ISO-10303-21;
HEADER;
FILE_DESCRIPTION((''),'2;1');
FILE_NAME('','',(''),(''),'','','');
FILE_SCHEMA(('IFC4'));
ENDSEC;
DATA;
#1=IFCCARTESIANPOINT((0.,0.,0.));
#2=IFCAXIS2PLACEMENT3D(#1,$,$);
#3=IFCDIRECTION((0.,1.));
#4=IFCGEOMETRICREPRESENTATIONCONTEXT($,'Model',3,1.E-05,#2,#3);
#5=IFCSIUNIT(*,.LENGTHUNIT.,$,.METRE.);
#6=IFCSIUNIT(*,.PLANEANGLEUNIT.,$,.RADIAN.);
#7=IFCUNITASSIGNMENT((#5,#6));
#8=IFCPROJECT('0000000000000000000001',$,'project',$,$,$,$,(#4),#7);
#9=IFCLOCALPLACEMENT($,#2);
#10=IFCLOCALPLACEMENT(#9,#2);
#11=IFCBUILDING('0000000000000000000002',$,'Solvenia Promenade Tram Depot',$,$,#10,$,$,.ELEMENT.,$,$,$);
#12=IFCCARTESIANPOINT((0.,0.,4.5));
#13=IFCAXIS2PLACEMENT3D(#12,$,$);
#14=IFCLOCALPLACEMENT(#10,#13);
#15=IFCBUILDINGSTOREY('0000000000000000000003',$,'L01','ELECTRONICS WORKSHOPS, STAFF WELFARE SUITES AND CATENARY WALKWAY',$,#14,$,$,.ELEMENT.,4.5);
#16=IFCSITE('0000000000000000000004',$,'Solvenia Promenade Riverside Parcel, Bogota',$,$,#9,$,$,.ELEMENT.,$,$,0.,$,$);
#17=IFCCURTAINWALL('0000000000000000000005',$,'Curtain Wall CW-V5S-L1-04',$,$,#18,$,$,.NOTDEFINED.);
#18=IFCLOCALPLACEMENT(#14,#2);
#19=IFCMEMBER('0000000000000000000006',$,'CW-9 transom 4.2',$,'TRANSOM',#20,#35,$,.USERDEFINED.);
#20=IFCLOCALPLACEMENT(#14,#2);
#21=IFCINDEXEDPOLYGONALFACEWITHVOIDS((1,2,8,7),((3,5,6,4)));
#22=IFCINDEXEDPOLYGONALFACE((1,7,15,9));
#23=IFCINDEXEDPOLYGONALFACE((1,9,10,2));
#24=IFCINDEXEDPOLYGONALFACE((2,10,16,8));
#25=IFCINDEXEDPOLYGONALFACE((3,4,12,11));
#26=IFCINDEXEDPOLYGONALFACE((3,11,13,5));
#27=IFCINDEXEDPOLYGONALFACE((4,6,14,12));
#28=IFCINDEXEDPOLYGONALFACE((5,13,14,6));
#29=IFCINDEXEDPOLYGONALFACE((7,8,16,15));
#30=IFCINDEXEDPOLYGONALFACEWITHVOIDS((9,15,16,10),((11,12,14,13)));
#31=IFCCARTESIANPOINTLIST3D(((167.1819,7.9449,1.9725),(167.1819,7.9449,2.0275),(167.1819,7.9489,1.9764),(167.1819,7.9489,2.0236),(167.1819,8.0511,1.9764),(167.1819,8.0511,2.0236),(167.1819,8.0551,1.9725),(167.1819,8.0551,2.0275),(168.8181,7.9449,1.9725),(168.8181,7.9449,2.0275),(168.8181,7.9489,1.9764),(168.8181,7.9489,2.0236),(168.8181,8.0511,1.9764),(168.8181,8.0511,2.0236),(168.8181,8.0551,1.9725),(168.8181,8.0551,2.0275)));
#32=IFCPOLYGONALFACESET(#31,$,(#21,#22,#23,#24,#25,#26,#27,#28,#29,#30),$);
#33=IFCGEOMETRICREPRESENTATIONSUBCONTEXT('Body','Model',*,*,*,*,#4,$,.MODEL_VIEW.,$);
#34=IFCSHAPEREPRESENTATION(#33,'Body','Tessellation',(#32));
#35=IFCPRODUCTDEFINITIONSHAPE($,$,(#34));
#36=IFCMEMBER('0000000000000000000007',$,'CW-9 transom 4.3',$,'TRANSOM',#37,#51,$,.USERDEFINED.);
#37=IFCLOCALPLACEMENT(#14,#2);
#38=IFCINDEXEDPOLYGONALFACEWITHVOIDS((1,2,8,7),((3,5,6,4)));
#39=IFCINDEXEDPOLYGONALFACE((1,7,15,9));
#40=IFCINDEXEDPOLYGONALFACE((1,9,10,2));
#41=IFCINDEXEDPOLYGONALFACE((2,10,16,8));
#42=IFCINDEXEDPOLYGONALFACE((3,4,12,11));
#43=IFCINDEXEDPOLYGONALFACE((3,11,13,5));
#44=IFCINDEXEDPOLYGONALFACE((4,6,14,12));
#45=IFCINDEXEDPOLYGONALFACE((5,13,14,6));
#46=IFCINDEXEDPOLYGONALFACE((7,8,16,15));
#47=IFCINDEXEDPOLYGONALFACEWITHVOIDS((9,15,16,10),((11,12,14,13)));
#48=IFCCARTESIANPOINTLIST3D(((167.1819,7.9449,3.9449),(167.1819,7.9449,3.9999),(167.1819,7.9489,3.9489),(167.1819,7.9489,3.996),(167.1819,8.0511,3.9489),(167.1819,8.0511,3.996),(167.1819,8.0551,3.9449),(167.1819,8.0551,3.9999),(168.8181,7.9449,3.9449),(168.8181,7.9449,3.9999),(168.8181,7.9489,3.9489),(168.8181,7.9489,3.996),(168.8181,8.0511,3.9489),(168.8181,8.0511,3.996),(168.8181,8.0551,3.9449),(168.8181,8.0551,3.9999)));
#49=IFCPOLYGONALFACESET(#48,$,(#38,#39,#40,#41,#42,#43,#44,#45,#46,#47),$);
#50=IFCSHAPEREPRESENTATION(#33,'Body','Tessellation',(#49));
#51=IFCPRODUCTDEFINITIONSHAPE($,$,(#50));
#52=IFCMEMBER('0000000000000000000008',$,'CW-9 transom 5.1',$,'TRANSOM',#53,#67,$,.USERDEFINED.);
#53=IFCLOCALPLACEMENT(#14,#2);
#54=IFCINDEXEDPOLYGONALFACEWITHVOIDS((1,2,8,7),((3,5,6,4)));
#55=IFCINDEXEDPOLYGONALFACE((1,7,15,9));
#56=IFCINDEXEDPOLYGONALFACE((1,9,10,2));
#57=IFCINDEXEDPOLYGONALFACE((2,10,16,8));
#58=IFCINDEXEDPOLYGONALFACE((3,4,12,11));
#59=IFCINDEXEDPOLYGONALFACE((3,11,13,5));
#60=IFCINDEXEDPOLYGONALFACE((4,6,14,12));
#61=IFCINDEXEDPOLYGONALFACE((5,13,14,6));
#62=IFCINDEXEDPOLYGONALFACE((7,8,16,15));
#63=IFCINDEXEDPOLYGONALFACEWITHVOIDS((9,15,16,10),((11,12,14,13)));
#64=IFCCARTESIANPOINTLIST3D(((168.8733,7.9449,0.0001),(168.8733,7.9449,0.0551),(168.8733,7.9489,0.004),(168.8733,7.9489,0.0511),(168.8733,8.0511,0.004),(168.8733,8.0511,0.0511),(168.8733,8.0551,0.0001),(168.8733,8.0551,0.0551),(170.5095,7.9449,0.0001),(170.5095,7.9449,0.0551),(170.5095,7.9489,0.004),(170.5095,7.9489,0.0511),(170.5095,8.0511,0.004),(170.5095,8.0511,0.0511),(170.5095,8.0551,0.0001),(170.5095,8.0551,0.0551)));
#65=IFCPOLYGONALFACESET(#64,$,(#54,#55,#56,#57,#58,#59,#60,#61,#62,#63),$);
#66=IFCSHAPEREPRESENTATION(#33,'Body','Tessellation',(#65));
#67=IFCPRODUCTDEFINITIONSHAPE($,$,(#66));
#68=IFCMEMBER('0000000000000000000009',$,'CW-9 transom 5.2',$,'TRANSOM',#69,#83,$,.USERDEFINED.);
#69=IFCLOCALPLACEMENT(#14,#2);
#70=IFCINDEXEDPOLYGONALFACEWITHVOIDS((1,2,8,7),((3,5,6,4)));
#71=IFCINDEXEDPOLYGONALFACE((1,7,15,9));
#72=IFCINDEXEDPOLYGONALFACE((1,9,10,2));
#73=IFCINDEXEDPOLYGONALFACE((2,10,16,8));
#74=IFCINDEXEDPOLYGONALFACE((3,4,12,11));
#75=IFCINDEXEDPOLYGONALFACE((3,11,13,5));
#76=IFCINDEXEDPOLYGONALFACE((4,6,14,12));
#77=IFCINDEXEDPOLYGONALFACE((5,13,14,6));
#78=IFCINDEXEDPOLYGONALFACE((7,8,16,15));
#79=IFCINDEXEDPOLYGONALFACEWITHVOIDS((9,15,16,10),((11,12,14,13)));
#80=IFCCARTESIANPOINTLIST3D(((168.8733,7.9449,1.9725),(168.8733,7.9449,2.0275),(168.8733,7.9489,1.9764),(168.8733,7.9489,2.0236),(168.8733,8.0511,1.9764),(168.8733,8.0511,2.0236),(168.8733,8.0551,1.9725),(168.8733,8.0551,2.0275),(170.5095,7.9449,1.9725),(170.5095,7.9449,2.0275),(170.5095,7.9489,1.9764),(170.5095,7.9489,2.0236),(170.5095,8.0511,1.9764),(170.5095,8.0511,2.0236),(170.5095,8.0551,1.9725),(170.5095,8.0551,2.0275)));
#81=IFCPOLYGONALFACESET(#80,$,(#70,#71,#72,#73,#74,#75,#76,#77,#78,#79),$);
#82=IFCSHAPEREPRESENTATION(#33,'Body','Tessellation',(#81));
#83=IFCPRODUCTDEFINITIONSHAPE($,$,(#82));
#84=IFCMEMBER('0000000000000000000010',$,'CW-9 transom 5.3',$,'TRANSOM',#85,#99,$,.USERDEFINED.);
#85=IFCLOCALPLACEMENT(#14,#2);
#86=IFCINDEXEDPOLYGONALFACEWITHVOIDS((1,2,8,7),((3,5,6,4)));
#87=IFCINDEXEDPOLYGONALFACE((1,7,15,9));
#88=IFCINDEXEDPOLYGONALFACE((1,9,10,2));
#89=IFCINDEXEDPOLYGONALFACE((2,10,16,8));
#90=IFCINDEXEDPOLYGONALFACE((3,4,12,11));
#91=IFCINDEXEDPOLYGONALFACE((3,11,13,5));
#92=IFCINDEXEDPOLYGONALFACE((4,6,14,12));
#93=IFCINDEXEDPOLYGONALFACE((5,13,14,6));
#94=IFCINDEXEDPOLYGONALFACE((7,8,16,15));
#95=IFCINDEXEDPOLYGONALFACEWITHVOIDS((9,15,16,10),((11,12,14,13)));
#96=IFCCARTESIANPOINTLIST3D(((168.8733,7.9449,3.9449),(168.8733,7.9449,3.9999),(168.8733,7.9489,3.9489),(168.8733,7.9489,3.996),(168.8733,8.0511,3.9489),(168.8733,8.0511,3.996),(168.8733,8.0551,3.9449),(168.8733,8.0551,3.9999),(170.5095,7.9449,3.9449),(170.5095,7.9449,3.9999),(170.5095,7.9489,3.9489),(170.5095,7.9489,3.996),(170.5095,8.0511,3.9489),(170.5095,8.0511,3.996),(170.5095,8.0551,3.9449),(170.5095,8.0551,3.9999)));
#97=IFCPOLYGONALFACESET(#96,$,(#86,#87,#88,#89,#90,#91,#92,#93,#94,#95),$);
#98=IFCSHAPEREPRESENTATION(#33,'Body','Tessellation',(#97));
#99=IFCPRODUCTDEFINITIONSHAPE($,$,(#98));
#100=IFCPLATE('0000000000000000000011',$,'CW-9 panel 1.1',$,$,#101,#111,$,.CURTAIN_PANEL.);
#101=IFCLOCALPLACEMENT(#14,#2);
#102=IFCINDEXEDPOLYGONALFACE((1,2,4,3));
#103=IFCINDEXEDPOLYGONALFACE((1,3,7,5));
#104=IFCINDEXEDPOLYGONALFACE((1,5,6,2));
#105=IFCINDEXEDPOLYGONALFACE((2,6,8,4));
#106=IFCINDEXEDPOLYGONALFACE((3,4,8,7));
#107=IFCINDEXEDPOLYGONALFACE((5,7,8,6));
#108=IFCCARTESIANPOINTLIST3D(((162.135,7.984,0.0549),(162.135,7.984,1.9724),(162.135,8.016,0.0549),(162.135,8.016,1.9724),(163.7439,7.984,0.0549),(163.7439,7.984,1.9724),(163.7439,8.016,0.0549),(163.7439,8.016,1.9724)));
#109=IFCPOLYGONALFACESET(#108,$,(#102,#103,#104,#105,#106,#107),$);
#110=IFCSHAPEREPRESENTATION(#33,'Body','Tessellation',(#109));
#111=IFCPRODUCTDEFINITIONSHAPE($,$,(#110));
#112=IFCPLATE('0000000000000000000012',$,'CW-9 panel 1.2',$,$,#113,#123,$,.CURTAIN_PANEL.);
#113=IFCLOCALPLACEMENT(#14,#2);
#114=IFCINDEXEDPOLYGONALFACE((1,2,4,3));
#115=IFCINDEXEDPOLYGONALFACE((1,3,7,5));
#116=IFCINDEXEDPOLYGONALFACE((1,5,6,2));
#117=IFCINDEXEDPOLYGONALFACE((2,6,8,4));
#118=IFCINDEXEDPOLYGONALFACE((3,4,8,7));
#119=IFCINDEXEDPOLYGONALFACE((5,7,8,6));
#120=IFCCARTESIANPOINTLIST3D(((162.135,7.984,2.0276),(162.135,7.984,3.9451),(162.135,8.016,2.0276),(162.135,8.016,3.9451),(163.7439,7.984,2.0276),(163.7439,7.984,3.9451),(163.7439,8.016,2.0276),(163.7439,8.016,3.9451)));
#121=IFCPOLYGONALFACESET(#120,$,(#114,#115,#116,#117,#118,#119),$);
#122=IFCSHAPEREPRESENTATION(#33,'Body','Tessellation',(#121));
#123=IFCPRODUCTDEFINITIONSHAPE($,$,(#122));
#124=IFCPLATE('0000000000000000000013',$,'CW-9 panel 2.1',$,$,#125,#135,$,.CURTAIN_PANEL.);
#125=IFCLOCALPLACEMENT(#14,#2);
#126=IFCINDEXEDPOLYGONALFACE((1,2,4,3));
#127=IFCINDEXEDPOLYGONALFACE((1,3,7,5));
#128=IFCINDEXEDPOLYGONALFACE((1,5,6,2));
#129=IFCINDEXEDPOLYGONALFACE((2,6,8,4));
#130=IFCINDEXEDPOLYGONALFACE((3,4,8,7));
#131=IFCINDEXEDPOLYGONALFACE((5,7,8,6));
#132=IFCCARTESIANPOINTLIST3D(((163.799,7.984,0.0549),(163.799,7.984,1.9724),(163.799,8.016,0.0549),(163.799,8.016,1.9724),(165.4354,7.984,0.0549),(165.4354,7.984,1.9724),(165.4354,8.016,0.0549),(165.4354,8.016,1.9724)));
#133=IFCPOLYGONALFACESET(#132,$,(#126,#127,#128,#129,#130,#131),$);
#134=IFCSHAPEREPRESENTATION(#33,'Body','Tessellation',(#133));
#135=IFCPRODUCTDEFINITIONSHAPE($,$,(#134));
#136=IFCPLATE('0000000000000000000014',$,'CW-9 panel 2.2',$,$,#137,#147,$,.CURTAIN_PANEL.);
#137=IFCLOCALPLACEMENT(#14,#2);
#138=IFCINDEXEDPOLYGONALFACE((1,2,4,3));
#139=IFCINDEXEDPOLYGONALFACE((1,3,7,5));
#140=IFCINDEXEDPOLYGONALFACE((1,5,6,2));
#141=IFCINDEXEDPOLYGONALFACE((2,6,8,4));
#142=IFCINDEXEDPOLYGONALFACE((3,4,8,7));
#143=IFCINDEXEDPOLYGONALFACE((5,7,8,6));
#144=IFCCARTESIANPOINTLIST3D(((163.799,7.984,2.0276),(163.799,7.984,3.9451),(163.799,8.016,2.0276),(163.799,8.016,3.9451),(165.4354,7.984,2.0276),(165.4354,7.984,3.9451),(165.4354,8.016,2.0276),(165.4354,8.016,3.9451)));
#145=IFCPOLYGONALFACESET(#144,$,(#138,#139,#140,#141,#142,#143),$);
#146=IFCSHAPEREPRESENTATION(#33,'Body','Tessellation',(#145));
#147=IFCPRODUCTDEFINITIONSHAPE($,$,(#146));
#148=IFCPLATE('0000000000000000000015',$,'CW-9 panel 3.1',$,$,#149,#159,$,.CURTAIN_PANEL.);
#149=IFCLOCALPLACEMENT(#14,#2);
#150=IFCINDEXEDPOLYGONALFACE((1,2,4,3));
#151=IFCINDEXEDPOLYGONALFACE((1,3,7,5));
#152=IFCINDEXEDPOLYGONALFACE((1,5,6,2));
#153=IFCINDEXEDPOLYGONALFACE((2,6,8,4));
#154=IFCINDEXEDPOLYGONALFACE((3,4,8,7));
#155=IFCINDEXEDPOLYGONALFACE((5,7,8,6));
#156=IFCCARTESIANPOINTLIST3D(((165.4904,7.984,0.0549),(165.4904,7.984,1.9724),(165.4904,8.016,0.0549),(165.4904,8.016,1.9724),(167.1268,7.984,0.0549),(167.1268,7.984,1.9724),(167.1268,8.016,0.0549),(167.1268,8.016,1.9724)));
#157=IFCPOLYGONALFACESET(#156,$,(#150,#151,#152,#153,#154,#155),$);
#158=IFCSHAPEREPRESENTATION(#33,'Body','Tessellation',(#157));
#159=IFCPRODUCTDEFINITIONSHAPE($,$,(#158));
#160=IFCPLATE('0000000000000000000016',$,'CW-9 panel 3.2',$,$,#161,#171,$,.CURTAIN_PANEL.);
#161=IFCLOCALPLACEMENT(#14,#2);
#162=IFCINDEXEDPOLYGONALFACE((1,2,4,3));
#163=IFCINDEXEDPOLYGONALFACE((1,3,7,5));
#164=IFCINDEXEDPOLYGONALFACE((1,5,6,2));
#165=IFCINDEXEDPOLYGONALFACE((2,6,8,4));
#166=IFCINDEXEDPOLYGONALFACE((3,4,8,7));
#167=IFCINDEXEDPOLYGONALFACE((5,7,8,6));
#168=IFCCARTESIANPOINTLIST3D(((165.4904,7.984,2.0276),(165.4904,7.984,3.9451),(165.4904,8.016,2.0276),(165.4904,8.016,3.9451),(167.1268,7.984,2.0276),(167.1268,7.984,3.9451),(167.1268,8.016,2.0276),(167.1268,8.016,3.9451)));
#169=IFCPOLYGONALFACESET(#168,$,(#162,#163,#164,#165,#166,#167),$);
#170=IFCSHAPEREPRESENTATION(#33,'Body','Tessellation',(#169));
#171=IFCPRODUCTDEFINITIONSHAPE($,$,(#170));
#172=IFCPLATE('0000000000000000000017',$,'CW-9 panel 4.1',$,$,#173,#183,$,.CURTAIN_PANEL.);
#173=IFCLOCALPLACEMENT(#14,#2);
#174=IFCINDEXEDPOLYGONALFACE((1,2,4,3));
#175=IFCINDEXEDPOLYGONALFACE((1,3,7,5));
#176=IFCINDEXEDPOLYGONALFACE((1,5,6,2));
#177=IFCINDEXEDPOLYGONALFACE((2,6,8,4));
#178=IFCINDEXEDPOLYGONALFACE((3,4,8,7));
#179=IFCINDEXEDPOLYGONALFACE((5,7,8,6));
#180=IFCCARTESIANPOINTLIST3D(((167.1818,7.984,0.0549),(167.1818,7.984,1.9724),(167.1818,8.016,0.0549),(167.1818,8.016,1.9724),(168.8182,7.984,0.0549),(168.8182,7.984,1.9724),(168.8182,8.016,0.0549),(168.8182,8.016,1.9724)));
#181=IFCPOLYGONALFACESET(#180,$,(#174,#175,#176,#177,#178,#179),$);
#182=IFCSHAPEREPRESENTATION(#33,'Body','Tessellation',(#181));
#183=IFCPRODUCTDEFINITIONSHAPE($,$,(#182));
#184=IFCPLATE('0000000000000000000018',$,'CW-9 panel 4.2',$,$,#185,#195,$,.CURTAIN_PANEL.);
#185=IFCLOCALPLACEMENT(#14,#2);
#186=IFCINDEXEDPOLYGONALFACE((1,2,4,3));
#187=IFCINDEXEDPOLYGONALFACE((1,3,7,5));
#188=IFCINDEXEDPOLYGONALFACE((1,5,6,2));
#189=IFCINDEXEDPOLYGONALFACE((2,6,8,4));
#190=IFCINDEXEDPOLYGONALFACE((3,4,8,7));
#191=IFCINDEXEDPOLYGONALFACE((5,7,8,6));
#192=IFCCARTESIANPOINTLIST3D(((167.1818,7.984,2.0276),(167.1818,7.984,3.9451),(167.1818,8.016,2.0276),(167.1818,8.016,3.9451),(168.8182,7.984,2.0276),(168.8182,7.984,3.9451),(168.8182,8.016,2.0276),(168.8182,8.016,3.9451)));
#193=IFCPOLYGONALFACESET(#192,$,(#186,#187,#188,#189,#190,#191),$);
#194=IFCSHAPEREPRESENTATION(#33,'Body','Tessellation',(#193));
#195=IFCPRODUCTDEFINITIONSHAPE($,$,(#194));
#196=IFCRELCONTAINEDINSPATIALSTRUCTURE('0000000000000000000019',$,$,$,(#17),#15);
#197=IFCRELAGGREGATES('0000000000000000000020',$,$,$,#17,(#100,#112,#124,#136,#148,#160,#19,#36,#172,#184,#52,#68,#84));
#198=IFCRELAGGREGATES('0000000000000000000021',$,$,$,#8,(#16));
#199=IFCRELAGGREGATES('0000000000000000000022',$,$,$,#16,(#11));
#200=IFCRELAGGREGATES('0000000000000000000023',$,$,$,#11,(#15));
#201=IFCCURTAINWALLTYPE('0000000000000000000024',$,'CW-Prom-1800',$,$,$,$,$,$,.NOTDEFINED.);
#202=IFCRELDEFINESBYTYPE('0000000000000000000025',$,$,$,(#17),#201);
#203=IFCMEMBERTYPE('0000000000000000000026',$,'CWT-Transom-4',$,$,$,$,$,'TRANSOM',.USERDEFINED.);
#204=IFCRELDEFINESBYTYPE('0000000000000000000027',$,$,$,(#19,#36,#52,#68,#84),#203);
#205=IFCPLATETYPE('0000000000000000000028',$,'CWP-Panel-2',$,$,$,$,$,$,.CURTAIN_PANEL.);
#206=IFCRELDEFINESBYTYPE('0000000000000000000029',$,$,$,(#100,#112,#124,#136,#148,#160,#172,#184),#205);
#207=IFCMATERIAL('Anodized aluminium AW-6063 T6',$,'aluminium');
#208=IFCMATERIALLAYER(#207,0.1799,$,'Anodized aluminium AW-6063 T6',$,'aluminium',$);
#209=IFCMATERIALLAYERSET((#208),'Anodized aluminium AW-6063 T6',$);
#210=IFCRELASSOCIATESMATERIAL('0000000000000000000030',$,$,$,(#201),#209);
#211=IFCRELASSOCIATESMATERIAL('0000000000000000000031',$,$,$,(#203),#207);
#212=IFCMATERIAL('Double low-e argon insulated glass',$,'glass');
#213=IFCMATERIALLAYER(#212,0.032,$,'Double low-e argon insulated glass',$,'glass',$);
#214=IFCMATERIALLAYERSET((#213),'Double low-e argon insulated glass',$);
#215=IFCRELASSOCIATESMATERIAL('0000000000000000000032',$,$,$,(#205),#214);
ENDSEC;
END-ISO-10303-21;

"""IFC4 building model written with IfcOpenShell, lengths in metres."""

from ifc_helpers import new_model, si_unit, direction, frame, origin, origin_2d, place, context, subcontext, project, spatial, rectangle, hollow_rectangle, extrude, material, layer, layer_set, material_profile, profile_set, type_object, element, aggregate, save


model = new_model("IFC4")

# Units and contexts
model_context = context("Model", 3, precision=1e-05, world=origin(), true_north=direction((0.0, 1.0)))
body_context = subcontext(model_context, "Body", "Model", "MODEL_VIEW")
ifc_project = project(units=[si_unit("LENGTHUNIT", "METRE"), si_unit("PLANEANGLEUNIT", "RADIAN")], contexts=[model_context])

# Site, building, storey
site_placement = place(None, origin())
site = spatial("IfcSite", under=ifc_project, at=site_placement, Name="Solvenia Promenade Riverside Parcel, Bogota", CompositionType="ELEMENT", RefElevation=0.0)
building_placement = place(site_placement, origin())
building = spatial("IfcBuilding", under=site, at=building_placement, Name="Solvenia Promenade Tram Depot", CompositionType="ELEMENT")
storey_placement = place(building_placement, frame((0.0, 0.0, 4.5)))
storey = spatial("IfcBuildingStorey", under=building, at=storey_placement, Name="L01", Description="ELECTRONICS WORKSHOPS, STAFF WELFARE SUITES AND CATENARY WALKWAY", CompositionType="ELEMENT", Elevation=4.5)

# Curtain wall, members, plates
ifc_material_1 = material(Name="Anodized aluminium AW-6063 T6", Category="aluminium")
ifc_layer_1 = layer(ifc_material_1, 0.1799, Name="Anodized aluminium AW-6063 T6", Category="aluminium")
ifc_layer_set_1 = layer_set([ifc_layer_1], Name="Anodized aluminium AW-6063 T6")
curtain_wall_type = type_object("IfcCurtainWallType", Name="CW-Prom-1800", PredefinedType="NOTDEFINED", material=ifc_layer_set_1)
curtain_wall_placement = place(storey_placement, origin())
curtain_wall = element("IfcCurtainWall", 1, at=curtain_wall_placement, inside=storey, type_object=curtain_wall_type, Name="Curtain Wall CW-V5S-L1-04", PredefinedType="NOTDEFINED")
ifc_material_profile_1 = material_profile(ifc_material_1, hollow_rectangle(XDim=0.1101, YDim=0.0549, WallThickness=0.0039, at=origin_2d()), Name="ALU-T4", Category="aluminium")
ifc_profile_set_1 = profile_set([ifc_material_profile_1], Name="Anodized aluminium AW-6063 T6")
member_type_1 = type_object("IfcMemberType", Name="CWT-Transom-4", ElementType="TRANSOM", PredefinedType="USERDEFINED", material=ifc_profile_set_1)
member_1_placement = place(storey_placement, frame((167.1819, 8.0, 2.0), z_axis=(1.0, 0.0, 0.0), x_axis=(0.0, 1.0, 0.0)))
member_1 = element("IfcMember", 2, at=member_1_placement, type_object=member_type_1, Name="CW-9 transom 4.2", ObjectType="TRANSOM", PredefinedType="USERDEFINED", context=body_context, shape_type="SweptSolid", body=[
    extrude(hollow_rectangle(XDim=0.1101, YDim=0.0549, WallThickness=0.0039, at=origin_2d()), origin(), (0.0, 0.0, 1.0), 1.6362),
])
member_2_placement = place(storey_placement, frame((167.1819, 8.0, 3.9724), z_axis=(1.0, 0.0, 0.0), x_axis=(0.0, 1.0, 0.0)))
member_2 = element("IfcMember", 3, at=member_2_placement, type_object=member_type_1, Name="CW-9 transom 4.3", ObjectType="TRANSOM", PredefinedType="USERDEFINED", context=body_context, shape_type="SweptSolid", body=[
    extrude(hollow_rectangle(XDim=0.1101, YDim=0.0549, WallThickness=0.0039, at=origin_2d()), origin(), (0.0, 0.0, 1.0), 1.6362),
])
member_3_placement = place(storey_placement, frame((168.8733, 8.0, 0.0276), z_axis=(1.0, 0.0, 0.0), x_axis=(0.0, 1.0, 0.0)))
member_3 = element("IfcMember", 4, at=member_3_placement, type_object=member_type_1, Name="CW-9 transom 5.1", ObjectType="TRANSOM", PredefinedType="USERDEFINED", context=body_context, shape_type="SweptSolid", body=[
    extrude(hollow_rectangle(XDim=0.1101, YDim=0.0549, WallThickness=0.0039, at=origin_2d()), origin(), (0.0, 0.0, 1.0), 1.6362),
])
member_4_placement = place(storey_placement, frame((168.8733, 8.0, 2.0), z_axis=(1.0, 0.0, 0.0), x_axis=(0.0, 1.0, 0.0)))
member_4 = element("IfcMember", 5, at=member_4_placement, type_object=member_type_1, Name="CW-9 transom 5.2", ObjectType="TRANSOM", PredefinedType="USERDEFINED", context=body_context, shape_type="SweptSolid", body=[
    extrude(hollow_rectangle(XDim=0.1101, YDim=0.0549, WallThickness=0.0039, at=origin_2d()), origin(), (0.0, 0.0, 1.0), 1.6362),
])
member_5_placement = place(storey_placement, frame((168.8733, 8.0, 3.9724), z_axis=(1.0, 0.0, 0.0), x_axis=(0.0, 1.0, 0.0)))
member_5 = element("IfcMember", 6, at=member_5_placement, type_object=member_type_1, Name="CW-9 transom 5.3", ObjectType="TRANSOM", PredefinedType="USERDEFINED", context=body_context, shape_type="SweptSolid", body=[
    extrude(hollow_rectangle(XDim=0.1101, YDim=0.0549, WallThickness=0.0039, at=origin_2d()), origin(), (0.0, 0.0, 1.0), 1.6362),
])
ifc_material_2 = material(Name="Double low-e argon insulated glass", Category="glass")
ifc_layer_2 = layer(ifc_material_2, 0.032, Name="Double low-e argon insulated glass", Category="glass")
ifc_layer_set_2 = layer_set([ifc_layer_2], Name="Double low-e argon insulated glass")
plate_type = type_object("IfcPlateType", Name="CWP-Panel-2", PredefinedType="CURTAIN_PANEL", material=ifc_layer_set_2)
plate_1_placement = place(storey_placement, frame((162.9395, 8.0, 0.0549), z_axis=(0.0, 0.0, 1.0), x_axis=(1.0, 0.0, 0.0)))
plate_1 = element("IfcPlate", 7, at=plate_1_placement, type_object=plate_type, Name="CW-9 panel 1.1", PredefinedType="CURTAIN_PANEL", context=body_context, shape_type="SweptSolid", body=[
    extrude(rectangle(XDim=1.6089, YDim=0.032, at=origin_2d()), origin(), (0.0, 0.0, 1.0), 1.9175),
])
plate_2_placement = place(storey_placement, frame((162.9395, 8.0, 2.0276), z_axis=(0.0, 0.0, 1.0), x_axis=(1.0, 0.0, 0.0)))
plate_2 = element("IfcPlate", 8, at=plate_2_placement, type_object=plate_type, Name="CW-9 panel 1.2", PredefinedType="CURTAIN_PANEL", context=body_context, shape_type="SweptSolid", body=[
    extrude(rectangle(XDim=1.6089, YDim=0.032, at=origin_2d()), origin(), (0.0, 0.0, 1.0), 1.9175),
])
plate_3_placement = place(storey_placement, frame((164.6172, 8.0, 0.0549), z_axis=(0.0, 0.0, 1.0), x_axis=(1.0, 0.0, 0.0)))
plate_3 = element("IfcPlate", 9, at=plate_3_placement, type_object=plate_type, Name="CW-9 panel 2.1", PredefinedType="CURTAIN_PANEL", context=body_context, shape_type="SweptSolid", body=[
    extrude(rectangle(XDim=1.6365, YDim=0.032, at=origin_2d()), origin(), (0.0, 0.0, 1.0), 1.9175),
])
plate_4_placement = place(storey_placement, frame((164.6172, 8.0, 2.0276), z_axis=(0.0, 0.0, 1.0), x_axis=(1.0, 0.0, 0.0)))
plate_4 = element("IfcPlate", 10, at=plate_4_placement, type_object=plate_type, Name="CW-9 panel 2.2", PredefinedType="CURTAIN_PANEL", context=body_context, shape_type="SweptSolid", body=[
    extrude(rectangle(XDim=1.6365, YDim=0.032, at=origin_2d()), origin(), (0.0, 0.0, 1.0), 1.9175),
])
plate_5_placement = place(storey_placement, frame((166.3086, 8.0, 0.0549), z_axis=(0.0, 0.0, 1.0), x_axis=(1.0, 0.0, 0.0)))
plate_5 = element("IfcPlate", 11, at=plate_5_placement, type_object=plate_type, Name="CW-9 panel 3.1", PredefinedType="CURTAIN_PANEL", context=body_context, shape_type="SweptSolid", body=[
    extrude(rectangle(XDim=1.6365, YDim=0.032, at=origin_2d()), origin(), (0.0, 0.0, 1.0), 1.9175),
])
plate_6_placement = place(storey_placement, frame((166.3086, 8.0, 2.0276), z_axis=(0.0, 0.0, 1.0), x_axis=(1.0, 0.0, 0.0)))
plate_6 = element("IfcPlate", 12, at=plate_6_placement, type_object=plate_type, Name="CW-9 panel 3.2", PredefinedType="CURTAIN_PANEL", context=body_context, shape_type="SweptSolid", body=[
    extrude(rectangle(XDim=1.6365, YDim=0.032, at=origin_2d()), origin(), (0.0, 0.0, 1.0), 1.9175),
])
plate_7_placement = place(storey_placement, frame((168.0, 8.0, 0.0549), z_axis=(0.0, 0.0, 1.0), x_axis=(1.0, 0.0, 0.0)))
plate_7 = element("IfcPlate", 13, at=plate_7_placement, type_object=plate_type, Name="CW-9 panel 4.1", PredefinedType="CURTAIN_PANEL", context=body_context, shape_type="SweptSolid", body=[
    extrude(rectangle(XDim=1.6365, YDim=0.032, at=origin_2d()), origin(), (0.0, 0.0, 1.0), 1.9175),
])
plate_8_placement = place(storey_placement, frame((168.0, 8.0, 2.0276), z_axis=(0.0, 0.0, 1.0), x_axis=(1.0, 0.0, 0.0)))
plate_8 = element("IfcPlate", 14, at=plate_8_placement, type_object=plate_type, Name="CW-9 panel 4.2", PredefinedType="CURTAIN_PANEL", context=body_context, shape_type="SweptSolid", body=[
    extrude(rectangle(XDim=1.6365, YDim=0.032, at=origin_2d()), origin(), (0.0, 0.0, 1.0), 1.9175),
])
aggregate(curtain_wall, [plate_1, plate_2, plate_3, plate_4, plate_5, plate_6, member_1, member_2, plate_7, plate_8, member_3, member_4, member_5])

save(model, "model.ifc")
